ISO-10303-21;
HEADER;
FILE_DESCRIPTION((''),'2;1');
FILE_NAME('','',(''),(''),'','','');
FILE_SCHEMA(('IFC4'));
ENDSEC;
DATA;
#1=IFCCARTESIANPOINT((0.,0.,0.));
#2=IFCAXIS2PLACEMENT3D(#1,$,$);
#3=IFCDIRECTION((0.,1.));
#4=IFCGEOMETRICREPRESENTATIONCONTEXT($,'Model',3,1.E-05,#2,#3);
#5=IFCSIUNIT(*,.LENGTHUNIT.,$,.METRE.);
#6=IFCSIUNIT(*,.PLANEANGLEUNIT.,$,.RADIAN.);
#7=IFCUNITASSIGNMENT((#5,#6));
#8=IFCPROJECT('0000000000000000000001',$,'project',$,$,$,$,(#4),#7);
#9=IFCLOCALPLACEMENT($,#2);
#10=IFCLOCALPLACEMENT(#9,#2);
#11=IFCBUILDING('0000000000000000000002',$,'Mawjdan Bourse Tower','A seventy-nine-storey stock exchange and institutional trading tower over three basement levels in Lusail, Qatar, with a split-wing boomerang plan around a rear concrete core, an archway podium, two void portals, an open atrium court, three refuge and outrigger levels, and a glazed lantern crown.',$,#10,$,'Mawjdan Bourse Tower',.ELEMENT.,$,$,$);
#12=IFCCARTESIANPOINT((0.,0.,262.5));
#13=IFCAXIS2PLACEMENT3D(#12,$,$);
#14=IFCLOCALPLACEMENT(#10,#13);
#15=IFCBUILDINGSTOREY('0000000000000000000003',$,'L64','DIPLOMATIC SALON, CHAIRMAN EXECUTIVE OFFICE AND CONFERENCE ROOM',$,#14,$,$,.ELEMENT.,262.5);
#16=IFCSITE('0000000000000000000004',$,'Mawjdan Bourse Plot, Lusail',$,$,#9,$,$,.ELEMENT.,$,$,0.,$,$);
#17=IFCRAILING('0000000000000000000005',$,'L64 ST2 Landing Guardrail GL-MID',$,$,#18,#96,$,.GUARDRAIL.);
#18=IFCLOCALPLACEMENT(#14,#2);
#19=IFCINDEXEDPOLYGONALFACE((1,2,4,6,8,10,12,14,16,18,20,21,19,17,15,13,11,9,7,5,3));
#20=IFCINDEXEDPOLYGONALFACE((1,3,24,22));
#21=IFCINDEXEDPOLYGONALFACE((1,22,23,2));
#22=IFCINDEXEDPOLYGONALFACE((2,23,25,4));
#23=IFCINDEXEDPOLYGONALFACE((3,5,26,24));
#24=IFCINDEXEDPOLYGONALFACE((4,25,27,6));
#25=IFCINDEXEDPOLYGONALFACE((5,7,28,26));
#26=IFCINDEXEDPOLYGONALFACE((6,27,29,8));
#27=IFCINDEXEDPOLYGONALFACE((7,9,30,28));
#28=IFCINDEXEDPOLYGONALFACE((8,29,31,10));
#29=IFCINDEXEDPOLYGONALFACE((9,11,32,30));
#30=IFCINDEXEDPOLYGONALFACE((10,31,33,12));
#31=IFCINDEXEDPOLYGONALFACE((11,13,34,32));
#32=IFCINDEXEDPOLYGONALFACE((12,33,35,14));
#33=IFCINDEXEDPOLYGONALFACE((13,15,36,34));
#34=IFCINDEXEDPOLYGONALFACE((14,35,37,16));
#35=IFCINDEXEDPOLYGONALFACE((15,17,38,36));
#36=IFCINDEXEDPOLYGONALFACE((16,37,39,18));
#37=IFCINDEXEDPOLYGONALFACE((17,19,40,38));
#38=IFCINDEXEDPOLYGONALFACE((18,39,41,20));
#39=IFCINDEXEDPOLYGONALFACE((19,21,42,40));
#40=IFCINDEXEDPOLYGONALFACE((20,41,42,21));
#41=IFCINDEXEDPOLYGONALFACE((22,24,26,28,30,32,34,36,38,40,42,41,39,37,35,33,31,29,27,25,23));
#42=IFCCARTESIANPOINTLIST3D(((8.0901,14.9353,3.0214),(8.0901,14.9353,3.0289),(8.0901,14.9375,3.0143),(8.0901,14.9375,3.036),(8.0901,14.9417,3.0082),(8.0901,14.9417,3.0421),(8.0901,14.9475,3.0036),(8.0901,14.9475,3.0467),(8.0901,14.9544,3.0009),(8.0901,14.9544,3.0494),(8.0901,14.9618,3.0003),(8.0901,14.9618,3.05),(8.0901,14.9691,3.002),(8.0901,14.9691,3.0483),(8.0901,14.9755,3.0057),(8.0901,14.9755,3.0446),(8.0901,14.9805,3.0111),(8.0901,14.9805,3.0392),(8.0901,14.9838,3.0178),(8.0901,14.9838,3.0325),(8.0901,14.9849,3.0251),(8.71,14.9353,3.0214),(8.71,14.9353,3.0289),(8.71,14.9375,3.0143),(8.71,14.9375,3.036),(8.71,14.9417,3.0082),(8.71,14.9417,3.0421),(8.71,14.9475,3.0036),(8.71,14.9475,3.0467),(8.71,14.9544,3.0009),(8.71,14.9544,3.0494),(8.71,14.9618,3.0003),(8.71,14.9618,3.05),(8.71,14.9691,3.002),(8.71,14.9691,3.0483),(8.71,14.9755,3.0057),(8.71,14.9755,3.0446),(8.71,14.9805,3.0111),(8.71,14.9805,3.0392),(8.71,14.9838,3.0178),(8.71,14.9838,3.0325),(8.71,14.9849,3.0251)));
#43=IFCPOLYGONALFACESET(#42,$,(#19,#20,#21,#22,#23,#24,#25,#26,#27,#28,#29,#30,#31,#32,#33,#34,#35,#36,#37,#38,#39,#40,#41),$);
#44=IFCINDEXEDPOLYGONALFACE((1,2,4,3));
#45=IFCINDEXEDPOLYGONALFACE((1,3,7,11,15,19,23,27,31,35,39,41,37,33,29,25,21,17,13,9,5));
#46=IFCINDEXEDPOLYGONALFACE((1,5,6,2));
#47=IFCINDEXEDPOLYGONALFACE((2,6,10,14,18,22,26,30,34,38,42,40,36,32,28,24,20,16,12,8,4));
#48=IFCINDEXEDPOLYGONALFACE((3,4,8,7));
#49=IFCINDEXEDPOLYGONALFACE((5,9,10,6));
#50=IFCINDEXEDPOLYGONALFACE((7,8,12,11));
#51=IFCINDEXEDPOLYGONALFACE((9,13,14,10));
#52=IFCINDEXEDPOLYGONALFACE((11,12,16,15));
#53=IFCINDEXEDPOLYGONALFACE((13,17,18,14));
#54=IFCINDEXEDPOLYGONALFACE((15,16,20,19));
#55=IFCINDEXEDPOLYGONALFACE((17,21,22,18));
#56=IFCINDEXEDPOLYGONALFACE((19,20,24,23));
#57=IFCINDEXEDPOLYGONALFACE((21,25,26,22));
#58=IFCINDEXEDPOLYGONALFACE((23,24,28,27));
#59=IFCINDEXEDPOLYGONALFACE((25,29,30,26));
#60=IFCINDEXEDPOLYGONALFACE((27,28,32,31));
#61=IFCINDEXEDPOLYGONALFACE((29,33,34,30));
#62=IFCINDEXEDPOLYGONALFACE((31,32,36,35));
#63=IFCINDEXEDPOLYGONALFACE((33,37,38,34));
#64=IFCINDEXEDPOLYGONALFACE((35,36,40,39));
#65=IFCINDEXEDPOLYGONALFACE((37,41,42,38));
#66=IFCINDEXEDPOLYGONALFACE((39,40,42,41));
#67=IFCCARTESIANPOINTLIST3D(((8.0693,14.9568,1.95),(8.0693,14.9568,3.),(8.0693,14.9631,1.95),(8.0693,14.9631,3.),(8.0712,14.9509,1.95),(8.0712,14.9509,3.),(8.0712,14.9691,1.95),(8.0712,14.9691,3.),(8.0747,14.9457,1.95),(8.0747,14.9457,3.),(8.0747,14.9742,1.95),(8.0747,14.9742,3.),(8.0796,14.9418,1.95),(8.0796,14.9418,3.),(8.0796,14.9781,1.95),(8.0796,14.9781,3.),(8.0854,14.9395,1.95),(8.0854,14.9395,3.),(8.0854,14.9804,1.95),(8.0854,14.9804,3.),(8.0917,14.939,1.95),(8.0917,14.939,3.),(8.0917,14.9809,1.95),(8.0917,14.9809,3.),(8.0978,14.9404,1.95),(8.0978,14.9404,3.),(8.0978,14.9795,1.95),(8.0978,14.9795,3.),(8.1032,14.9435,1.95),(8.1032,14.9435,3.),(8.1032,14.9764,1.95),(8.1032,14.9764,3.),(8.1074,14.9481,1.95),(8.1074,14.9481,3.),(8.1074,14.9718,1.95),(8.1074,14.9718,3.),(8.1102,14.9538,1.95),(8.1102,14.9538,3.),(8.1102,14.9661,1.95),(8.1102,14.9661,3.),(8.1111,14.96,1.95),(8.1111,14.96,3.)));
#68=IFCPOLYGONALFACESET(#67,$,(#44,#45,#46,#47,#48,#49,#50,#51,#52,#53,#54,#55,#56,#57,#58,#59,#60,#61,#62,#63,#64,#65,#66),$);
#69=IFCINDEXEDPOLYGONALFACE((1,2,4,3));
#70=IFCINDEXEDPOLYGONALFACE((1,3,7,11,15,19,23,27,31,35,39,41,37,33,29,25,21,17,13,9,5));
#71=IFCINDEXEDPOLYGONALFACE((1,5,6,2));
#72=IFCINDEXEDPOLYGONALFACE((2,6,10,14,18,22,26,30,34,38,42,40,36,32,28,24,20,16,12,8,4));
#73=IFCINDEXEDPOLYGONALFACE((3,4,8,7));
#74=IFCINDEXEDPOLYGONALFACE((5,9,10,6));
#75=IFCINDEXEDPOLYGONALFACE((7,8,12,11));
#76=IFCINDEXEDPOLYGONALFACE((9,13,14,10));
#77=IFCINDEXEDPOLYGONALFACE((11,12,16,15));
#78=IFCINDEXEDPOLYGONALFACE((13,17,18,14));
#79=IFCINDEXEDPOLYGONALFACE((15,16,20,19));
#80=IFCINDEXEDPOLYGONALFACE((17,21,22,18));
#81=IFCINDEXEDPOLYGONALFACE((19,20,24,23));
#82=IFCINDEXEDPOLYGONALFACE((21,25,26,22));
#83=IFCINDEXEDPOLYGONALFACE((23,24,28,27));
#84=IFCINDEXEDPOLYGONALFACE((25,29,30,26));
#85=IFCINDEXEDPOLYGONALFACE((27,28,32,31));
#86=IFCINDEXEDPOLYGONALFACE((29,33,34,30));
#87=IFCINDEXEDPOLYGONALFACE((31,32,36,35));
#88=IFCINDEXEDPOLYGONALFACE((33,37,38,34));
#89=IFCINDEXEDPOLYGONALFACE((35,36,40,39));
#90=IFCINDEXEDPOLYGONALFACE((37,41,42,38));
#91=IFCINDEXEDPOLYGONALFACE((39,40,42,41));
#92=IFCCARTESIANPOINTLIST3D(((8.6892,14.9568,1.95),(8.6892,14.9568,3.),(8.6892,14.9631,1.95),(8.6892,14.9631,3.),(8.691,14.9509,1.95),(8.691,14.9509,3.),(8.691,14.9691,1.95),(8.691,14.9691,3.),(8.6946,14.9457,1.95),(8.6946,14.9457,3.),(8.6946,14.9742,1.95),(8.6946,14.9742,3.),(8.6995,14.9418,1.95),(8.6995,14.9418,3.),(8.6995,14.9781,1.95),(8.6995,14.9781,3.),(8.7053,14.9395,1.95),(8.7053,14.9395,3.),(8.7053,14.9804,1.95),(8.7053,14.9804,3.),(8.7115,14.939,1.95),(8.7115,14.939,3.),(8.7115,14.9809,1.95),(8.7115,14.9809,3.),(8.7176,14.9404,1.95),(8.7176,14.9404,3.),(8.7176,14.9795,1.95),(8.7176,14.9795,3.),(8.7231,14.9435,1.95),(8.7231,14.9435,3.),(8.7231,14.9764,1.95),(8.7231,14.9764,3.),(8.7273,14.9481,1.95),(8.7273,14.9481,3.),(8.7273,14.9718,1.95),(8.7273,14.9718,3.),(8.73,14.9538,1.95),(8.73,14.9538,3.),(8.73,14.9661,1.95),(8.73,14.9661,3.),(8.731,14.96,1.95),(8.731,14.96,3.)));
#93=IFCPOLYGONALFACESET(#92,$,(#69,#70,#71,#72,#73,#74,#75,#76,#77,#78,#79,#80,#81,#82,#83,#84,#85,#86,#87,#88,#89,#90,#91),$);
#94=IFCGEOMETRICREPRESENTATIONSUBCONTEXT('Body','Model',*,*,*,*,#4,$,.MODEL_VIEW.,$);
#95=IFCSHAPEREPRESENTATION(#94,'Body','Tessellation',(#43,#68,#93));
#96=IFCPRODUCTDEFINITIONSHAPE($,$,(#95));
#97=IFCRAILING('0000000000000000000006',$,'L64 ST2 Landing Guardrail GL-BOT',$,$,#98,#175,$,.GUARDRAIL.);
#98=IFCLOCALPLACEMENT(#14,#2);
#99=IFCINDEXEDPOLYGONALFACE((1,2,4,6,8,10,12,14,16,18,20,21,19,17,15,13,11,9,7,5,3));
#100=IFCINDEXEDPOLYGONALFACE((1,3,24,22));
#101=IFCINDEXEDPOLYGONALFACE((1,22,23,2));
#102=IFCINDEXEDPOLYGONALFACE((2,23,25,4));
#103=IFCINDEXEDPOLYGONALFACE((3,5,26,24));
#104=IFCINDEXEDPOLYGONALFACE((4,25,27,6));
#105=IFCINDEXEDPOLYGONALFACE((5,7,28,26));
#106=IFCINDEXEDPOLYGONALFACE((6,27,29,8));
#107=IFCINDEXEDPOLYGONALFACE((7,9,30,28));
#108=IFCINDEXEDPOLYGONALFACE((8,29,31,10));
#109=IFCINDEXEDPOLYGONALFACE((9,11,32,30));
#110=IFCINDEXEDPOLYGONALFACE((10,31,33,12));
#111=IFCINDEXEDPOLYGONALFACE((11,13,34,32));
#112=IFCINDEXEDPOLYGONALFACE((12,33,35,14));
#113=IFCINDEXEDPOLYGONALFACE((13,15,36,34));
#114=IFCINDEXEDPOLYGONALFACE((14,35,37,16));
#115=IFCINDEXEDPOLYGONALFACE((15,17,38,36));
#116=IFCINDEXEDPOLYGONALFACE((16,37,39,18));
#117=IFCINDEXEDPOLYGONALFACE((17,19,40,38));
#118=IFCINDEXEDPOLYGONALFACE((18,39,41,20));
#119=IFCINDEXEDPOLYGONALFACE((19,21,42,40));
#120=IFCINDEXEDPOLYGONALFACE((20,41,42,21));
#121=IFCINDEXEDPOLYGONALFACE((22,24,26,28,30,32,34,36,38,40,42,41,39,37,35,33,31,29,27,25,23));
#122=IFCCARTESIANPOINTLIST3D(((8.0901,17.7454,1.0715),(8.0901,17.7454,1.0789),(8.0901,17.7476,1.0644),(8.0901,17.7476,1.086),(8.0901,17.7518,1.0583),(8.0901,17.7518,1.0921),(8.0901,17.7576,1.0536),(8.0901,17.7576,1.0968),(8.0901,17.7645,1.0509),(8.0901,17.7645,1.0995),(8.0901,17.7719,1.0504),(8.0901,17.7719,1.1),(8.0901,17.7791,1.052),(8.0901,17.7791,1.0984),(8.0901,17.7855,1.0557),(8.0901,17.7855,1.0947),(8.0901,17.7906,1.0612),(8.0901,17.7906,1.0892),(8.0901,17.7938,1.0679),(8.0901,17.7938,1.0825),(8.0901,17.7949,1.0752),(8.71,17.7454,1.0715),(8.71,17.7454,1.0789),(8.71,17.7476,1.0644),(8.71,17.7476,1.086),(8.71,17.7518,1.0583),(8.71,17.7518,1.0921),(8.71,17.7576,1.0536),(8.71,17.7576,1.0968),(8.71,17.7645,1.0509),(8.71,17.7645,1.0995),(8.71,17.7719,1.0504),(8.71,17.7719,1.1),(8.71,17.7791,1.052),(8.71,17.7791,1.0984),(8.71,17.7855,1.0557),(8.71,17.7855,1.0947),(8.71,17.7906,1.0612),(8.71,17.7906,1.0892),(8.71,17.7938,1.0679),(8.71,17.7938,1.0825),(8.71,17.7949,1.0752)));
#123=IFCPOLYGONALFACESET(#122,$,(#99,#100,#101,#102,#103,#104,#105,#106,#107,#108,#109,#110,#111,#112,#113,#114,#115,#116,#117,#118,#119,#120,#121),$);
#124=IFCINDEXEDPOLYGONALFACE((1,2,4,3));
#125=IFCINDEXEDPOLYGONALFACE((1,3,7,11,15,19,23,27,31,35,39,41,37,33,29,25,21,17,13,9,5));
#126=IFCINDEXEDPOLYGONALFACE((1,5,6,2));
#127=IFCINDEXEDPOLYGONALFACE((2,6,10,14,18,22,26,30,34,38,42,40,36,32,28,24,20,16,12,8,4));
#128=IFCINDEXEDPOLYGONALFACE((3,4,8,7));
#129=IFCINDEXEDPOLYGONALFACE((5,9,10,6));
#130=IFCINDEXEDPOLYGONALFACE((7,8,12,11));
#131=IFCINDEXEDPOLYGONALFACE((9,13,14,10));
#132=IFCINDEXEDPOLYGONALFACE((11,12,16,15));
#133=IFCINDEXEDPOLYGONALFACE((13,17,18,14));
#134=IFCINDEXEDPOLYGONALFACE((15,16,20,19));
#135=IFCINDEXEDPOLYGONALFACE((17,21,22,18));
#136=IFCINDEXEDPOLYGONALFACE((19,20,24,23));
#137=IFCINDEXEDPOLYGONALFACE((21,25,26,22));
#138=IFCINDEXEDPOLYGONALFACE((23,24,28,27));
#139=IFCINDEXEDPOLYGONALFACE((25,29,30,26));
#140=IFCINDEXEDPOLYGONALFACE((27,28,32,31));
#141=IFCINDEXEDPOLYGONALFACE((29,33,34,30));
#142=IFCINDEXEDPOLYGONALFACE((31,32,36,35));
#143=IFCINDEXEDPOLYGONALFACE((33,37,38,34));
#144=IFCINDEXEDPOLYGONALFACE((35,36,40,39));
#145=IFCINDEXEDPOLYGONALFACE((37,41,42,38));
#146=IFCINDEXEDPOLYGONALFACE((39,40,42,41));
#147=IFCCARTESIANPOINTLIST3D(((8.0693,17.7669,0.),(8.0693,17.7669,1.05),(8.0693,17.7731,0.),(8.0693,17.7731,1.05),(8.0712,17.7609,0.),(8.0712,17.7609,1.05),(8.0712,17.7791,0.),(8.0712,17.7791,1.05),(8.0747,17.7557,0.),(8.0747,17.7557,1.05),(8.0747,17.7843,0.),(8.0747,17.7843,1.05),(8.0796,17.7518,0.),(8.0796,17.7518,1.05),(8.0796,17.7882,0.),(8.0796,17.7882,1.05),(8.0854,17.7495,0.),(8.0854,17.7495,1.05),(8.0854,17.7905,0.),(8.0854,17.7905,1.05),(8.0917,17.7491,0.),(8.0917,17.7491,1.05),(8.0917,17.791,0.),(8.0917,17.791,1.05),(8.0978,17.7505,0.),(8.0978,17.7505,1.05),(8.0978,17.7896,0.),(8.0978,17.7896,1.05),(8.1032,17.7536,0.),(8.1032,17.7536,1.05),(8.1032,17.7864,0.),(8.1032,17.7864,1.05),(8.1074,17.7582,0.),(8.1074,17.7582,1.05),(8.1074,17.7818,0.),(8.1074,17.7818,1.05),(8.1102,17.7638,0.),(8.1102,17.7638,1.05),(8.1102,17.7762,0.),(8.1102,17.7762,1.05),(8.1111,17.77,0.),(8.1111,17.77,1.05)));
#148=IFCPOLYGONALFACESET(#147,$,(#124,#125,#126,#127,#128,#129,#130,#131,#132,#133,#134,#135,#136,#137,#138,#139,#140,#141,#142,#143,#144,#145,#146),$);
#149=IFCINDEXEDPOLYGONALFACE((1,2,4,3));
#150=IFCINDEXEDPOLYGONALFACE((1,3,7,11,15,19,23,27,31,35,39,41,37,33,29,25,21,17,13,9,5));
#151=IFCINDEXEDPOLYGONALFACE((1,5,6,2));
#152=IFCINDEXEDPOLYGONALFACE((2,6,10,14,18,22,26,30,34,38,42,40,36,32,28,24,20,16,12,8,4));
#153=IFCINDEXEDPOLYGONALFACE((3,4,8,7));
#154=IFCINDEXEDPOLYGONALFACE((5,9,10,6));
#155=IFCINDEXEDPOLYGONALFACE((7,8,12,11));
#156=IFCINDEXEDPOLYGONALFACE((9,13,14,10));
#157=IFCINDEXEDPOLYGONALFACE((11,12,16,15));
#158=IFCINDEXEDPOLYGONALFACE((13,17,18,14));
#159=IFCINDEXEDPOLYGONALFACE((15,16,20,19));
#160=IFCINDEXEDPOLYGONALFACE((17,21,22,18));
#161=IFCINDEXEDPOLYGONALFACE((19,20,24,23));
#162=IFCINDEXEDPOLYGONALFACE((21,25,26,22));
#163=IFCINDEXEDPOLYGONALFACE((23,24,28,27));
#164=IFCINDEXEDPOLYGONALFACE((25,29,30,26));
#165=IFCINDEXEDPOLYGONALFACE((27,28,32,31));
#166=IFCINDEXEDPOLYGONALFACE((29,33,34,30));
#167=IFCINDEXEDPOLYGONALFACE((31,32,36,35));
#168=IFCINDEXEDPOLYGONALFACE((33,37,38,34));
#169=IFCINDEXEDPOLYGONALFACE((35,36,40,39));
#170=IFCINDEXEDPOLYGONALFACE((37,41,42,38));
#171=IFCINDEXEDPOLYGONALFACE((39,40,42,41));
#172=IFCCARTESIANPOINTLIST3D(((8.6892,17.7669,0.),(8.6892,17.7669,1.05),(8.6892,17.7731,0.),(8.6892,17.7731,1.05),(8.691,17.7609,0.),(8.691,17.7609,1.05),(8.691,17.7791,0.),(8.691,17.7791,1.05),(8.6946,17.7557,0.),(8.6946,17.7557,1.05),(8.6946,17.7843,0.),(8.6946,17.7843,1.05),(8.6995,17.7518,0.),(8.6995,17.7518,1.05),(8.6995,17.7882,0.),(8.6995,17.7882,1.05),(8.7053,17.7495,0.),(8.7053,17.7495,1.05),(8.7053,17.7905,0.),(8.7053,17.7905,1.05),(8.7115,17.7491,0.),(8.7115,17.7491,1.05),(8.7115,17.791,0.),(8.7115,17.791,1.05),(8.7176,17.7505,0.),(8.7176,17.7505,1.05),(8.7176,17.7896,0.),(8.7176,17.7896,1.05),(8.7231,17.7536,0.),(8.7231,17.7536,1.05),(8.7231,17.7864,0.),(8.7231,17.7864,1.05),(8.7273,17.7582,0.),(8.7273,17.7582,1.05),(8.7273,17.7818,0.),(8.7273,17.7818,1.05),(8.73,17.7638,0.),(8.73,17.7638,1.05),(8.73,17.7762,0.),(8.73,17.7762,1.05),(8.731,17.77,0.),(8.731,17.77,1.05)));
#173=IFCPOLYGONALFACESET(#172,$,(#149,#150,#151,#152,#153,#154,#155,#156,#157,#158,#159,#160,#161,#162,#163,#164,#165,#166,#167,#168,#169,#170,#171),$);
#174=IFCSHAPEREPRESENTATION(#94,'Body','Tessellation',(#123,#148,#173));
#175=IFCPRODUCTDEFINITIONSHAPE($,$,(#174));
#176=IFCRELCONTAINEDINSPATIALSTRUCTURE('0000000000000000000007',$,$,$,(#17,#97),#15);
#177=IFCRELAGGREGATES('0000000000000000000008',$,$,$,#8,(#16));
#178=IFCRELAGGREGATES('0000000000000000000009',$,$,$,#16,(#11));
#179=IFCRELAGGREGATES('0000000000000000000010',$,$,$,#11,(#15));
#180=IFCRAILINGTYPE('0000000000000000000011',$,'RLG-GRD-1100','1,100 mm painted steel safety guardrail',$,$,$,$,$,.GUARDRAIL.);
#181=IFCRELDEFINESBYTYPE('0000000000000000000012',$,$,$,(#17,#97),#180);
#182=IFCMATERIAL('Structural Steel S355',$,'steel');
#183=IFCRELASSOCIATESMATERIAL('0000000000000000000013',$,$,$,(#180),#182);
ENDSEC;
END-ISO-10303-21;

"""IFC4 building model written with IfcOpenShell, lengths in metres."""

from ifc_helpers import new_model, si_unit, direction, frame, origin, origin_2d, place, context, subcontext, project, spatial, circle, extrude, material, type_object, element, save


model = new_model("IFC4")

# Units and contexts
model_context = context("Model", 3, precision=1e-05, world=origin(), true_north=direction((0.0, 1.0)))
body_context = subcontext(model_context, "Body", "Model", "MODEL_VIEW")
ifc_project = project(units=[si_unit("LENGTHUNIT", "METRE"), si_unit("PLANEANGLEUNIT", "RADIAN")], contexts=[model_context])

# Site, building, storey
site_placement = place(None, origin())
site = spatial("IfcSite", under=ifc_project, at=site_placement, Name="Mawjdan Bourse Plot, Lusail", CompositionType="ELEMENT", RefElevation=0.0)
building_placement = place(site_placement, origin())
building = spatial("IfcBuilding", under=site, at=building_placement, Name="Mawjdan Bourse Tower", Description="A seventy-nine-storey stock exchange and institutional trading tower over three basement levels in Lusail, Qatar, with a split-wing boomerang plan around a rear concrete core, an archway podium, two void portals, an open atrium court, three refuge and outrigger levels, and a glazed lantern crown.", LongName="Mawjdan Bourse Tower", CompositionType="ELEMENT")
storey_placement = place(building_placement, frame((0.0, 0.0, 262.5)))
storey = spatial("IfcBuildingStorey", under=building, at=storey_placement, Name="L64", Description="DIPLOMATIC SALON, CHAIRMAN EXECUTIVE OFFICE AND CONFERENCE ROOM", CompositionType="ELEMENT", Elevation=262.5)

# Railings
ifc_material_1 = material(Name="Structural Steel S355", Category="steel")
railing_type_1 = type_object("IfcRailingType", Name="RLG-GRD-1100", Description="1,100 mm painted steel safety guardrail", PredefinedType="GUARDRAIL", material=ifc_material_1)
for number, where, name in (
    (1, (8.0901, 14.96, 1.95), "L64 ST2 Landing Guardrail GL-MID"),
    (2, (8.0901, 17.77, 0.0), "L64 ST2 Landing Guardrail GL-BOT"),
):
    element("IfcRailing", number, at=place(storey_placement, frame(where)), inside=storey, type_object=railing_type_1, Name=name, PredefinedType="GUARDRAIL", context=body_context, shape_type="SweptSolid", body=[
        extrude(circle(Radius=0.0249, at=origin_2d()), frame((0.0, 0.0, 1.0752), z_axis=(1.0, 0.0, 0.0), x_axis=(0.0, 1.0, 0.0)), (0.0, 0.0, 1.0), 0.6199),
        extrude(circle(Radius=0.021, at=origin_2d()), origin(), (0.0, 0.0, 1.0), 1.05),
        extrude(circle(Radius=0.021, at=origin_2d()), frame((0.6199, 0.0, 0.0)), (0.0, 0.0, 1.0), 1.05),
    ])

save(model, "model.ifc")
